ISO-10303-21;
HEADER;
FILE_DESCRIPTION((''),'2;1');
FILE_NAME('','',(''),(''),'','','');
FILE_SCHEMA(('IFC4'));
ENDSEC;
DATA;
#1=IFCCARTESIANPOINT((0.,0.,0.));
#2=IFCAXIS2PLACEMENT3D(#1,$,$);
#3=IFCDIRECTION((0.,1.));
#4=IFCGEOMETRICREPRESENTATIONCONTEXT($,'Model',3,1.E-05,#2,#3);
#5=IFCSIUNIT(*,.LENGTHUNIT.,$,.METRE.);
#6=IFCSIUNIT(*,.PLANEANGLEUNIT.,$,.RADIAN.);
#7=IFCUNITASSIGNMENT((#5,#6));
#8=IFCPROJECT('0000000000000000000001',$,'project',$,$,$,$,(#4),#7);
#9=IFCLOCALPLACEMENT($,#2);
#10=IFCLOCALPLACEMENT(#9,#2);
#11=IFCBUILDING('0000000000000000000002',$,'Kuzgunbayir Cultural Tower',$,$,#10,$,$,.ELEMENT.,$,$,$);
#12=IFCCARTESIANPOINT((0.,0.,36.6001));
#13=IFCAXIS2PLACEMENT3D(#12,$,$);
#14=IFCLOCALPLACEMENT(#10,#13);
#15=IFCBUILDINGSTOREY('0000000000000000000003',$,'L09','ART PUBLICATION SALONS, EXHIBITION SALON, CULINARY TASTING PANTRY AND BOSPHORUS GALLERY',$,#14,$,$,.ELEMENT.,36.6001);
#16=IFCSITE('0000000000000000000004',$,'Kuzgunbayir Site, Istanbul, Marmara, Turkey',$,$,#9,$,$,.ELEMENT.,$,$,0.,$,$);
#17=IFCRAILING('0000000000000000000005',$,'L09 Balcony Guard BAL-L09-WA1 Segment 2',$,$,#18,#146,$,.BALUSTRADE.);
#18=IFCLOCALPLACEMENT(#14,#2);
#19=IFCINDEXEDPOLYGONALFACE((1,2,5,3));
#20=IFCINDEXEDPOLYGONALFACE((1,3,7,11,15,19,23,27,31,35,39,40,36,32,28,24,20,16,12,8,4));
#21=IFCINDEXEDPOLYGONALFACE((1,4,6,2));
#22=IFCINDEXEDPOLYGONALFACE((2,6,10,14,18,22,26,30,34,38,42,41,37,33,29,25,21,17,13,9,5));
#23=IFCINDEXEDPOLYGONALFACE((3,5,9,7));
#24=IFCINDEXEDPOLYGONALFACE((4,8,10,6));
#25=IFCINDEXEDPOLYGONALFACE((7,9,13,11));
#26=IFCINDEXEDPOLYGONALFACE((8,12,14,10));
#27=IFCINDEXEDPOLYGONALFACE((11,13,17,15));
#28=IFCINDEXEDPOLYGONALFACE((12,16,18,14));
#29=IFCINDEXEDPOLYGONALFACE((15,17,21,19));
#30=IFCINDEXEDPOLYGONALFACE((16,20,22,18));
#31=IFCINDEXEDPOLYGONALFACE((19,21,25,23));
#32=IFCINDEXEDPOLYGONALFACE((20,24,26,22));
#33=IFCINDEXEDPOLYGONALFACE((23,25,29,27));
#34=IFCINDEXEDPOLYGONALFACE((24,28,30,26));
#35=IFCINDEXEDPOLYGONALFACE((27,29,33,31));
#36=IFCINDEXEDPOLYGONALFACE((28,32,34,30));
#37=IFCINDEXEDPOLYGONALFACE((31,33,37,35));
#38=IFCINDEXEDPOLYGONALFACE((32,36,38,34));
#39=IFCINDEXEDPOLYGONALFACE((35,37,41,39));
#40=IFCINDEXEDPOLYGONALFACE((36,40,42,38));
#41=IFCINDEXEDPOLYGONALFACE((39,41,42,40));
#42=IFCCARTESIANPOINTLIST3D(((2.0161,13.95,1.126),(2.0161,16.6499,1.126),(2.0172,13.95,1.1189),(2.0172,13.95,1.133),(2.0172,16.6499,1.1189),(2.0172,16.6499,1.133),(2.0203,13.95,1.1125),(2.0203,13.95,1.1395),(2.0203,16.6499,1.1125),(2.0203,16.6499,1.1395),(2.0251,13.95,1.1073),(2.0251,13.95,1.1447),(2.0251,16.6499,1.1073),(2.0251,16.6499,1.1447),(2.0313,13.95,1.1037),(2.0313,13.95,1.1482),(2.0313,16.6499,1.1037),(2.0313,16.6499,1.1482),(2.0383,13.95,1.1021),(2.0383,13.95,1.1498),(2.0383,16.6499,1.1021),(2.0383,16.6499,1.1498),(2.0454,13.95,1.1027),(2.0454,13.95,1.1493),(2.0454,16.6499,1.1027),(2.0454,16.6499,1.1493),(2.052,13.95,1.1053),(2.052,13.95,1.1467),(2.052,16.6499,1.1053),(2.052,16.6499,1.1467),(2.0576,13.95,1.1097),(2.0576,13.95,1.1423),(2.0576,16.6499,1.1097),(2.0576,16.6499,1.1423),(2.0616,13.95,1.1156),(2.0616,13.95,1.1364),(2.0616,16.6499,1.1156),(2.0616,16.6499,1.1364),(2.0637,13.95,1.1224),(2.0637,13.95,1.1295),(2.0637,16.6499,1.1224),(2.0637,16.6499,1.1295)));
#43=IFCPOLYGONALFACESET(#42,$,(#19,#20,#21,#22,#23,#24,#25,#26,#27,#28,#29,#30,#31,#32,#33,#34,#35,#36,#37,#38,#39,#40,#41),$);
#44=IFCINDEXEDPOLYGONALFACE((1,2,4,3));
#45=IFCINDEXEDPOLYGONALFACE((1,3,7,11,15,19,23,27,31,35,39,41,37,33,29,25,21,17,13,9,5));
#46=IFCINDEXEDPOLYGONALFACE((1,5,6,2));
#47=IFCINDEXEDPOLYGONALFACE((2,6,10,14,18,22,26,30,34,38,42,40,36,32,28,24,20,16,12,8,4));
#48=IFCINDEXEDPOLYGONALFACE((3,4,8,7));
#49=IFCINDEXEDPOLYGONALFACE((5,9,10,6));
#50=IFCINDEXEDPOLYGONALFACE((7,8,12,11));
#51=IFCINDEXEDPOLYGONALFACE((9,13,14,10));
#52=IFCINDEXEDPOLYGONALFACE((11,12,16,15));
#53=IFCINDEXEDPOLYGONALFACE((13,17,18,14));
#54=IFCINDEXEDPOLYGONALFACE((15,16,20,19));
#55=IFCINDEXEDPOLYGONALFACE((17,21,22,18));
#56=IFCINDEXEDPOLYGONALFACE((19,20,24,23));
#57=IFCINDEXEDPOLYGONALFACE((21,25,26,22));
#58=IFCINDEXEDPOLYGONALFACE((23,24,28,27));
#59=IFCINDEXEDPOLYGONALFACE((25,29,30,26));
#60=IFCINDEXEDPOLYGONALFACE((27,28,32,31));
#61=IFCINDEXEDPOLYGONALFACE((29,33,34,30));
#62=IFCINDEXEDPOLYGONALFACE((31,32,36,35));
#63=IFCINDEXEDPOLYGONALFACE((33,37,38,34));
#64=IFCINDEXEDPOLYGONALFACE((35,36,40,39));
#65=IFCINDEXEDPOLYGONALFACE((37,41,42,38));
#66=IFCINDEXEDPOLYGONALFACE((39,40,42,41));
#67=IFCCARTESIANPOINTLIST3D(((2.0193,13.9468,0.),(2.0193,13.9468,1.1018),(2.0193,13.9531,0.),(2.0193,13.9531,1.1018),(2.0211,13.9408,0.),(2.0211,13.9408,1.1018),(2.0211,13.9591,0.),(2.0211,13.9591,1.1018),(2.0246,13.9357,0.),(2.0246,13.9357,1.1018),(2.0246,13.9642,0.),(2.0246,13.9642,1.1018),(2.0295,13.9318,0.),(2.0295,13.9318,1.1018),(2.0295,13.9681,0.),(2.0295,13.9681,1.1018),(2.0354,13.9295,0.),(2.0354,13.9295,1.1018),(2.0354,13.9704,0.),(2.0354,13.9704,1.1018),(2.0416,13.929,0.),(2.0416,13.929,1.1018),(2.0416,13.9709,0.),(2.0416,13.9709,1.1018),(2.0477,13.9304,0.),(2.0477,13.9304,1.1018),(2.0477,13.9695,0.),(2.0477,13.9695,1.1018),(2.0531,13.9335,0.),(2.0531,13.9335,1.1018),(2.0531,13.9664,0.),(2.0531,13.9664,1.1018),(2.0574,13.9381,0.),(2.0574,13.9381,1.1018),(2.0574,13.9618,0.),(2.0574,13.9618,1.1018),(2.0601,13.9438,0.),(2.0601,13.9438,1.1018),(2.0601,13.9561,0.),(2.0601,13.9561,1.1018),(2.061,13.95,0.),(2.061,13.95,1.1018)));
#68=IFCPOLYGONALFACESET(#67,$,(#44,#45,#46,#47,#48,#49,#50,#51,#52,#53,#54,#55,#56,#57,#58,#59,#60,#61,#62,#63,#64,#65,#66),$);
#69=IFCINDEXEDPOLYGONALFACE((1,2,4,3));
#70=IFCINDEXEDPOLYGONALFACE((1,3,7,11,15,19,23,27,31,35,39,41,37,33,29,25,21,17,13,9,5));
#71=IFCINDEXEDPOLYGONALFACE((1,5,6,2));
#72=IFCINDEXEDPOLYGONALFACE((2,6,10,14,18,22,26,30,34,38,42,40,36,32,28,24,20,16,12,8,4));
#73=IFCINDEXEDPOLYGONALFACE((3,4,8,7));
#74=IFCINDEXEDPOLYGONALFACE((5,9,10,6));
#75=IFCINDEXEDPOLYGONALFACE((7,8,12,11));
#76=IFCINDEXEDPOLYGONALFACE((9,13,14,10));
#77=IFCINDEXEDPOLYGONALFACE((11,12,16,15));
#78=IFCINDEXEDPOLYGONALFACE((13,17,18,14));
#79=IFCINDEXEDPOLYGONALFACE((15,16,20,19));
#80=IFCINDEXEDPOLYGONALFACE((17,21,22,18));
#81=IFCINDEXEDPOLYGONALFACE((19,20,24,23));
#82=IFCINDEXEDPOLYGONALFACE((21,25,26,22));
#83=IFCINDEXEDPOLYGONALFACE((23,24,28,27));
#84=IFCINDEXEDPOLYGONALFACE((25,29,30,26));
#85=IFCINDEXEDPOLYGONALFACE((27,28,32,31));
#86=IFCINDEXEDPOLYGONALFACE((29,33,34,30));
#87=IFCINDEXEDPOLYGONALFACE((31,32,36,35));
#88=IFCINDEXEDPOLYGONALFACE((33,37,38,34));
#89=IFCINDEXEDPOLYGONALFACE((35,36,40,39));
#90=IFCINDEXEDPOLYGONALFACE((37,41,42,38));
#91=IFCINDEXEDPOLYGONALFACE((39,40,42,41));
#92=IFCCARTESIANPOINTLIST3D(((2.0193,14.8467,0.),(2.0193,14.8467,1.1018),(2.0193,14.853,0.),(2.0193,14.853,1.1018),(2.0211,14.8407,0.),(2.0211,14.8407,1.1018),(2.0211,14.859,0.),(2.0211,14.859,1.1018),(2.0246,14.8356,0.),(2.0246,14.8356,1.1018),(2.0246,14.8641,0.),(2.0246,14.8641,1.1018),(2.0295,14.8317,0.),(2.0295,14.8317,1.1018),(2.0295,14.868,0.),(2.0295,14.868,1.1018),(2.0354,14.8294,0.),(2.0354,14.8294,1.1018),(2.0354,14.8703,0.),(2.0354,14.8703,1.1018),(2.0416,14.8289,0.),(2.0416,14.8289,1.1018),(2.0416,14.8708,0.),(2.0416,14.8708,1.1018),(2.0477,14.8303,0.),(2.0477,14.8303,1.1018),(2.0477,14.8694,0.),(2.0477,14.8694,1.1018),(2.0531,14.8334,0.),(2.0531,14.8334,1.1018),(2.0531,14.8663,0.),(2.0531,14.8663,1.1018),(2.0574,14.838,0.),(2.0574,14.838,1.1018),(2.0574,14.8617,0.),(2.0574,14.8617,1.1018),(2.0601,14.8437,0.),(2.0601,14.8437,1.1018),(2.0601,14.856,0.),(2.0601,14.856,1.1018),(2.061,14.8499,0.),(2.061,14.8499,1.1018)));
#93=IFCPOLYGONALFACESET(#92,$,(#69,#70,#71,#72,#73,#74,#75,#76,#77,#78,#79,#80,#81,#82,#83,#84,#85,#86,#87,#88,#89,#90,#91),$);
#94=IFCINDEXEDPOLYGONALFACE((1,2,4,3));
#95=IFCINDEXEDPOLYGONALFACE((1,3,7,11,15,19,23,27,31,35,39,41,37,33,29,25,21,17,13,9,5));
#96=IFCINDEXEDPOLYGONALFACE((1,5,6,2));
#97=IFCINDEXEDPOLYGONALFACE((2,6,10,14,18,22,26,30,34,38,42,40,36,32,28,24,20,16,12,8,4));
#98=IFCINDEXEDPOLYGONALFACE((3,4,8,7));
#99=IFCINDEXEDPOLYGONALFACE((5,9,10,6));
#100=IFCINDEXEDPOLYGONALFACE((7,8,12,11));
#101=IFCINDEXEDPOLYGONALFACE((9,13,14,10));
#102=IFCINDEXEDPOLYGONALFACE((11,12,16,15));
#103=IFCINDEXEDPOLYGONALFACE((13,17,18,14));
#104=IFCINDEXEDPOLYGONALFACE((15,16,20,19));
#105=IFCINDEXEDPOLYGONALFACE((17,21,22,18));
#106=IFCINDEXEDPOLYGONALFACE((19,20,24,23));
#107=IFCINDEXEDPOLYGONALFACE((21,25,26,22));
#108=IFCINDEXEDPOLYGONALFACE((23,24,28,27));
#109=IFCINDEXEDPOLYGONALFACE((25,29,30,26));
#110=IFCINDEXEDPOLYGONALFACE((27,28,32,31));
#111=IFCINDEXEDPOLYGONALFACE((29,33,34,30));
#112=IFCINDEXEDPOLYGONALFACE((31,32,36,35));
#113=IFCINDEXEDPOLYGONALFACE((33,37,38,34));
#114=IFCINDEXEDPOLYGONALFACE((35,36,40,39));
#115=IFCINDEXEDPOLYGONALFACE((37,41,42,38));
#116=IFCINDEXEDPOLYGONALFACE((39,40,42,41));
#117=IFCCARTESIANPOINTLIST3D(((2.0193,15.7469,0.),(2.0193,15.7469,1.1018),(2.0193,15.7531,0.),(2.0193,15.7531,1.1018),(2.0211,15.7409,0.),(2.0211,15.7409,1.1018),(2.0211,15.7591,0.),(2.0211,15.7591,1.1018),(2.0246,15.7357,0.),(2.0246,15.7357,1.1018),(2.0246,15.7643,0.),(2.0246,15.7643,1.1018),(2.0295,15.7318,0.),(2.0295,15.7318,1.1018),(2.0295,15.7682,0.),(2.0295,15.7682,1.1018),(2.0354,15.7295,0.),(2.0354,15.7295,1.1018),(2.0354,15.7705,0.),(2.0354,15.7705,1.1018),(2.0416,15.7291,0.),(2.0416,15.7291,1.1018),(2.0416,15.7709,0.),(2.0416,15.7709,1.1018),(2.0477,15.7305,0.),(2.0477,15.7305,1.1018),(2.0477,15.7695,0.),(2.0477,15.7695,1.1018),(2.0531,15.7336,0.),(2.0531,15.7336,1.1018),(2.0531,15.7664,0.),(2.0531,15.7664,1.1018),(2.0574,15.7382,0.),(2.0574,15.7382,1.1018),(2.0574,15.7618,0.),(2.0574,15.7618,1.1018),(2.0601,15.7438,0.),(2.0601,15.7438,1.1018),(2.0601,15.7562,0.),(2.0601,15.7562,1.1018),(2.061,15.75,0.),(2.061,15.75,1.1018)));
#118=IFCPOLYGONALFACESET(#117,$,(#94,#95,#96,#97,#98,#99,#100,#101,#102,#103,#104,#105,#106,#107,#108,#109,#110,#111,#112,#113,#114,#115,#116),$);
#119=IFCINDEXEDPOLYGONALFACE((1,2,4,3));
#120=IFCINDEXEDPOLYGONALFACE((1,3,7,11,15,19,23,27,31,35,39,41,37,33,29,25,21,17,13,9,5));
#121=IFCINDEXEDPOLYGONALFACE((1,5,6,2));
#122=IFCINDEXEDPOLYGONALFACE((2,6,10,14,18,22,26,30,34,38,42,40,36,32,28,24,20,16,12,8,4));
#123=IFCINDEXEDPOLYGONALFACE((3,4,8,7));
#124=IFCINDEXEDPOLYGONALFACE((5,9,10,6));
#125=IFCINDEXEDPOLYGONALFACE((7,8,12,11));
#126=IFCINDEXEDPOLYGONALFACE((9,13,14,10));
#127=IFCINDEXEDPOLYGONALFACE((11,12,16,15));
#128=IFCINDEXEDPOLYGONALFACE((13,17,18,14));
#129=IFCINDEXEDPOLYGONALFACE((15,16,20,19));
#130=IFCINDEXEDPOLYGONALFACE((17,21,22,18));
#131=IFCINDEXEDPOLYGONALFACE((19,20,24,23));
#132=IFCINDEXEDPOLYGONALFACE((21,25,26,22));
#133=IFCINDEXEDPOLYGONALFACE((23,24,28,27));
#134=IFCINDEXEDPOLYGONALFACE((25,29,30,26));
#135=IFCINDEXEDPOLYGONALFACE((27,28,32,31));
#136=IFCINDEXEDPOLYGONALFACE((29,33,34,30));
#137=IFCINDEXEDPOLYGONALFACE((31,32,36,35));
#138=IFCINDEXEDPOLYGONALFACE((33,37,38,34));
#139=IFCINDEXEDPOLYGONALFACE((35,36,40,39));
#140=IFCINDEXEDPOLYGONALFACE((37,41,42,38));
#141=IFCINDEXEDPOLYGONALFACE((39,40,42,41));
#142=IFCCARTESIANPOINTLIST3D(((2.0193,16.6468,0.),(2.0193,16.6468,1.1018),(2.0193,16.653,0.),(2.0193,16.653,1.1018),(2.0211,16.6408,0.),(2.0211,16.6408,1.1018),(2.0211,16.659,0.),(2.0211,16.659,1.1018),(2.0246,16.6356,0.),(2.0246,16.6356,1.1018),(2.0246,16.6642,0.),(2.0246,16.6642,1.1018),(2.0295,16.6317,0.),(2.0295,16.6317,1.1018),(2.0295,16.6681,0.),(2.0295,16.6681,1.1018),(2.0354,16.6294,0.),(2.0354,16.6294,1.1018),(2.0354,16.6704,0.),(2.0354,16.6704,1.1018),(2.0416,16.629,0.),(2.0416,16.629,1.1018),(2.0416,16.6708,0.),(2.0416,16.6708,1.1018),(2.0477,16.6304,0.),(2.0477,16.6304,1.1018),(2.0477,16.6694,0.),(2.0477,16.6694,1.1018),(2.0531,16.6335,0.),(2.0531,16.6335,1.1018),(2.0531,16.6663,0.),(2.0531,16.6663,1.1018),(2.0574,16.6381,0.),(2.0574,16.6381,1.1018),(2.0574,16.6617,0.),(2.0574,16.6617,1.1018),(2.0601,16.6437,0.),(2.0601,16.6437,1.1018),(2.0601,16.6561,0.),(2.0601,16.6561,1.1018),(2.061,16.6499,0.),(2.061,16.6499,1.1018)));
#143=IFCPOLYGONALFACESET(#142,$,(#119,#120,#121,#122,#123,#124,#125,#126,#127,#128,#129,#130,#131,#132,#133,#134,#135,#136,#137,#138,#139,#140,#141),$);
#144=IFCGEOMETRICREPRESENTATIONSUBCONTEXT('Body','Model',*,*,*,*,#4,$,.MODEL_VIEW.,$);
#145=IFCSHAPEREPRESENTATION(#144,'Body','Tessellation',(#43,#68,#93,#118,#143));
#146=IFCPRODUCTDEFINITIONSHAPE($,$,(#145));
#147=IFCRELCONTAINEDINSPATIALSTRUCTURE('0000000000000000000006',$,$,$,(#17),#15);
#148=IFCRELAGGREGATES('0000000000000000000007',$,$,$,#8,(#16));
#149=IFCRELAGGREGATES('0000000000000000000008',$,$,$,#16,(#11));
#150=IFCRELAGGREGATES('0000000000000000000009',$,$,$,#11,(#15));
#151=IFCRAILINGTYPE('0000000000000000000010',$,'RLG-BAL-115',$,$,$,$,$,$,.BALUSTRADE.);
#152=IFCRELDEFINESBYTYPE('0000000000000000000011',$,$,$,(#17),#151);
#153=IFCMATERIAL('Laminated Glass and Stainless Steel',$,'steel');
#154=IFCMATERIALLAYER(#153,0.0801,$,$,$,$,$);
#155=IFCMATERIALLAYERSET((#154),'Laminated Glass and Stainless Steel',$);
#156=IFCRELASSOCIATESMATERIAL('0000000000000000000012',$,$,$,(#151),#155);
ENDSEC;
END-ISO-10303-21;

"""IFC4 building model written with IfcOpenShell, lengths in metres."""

from ifc_helpers import new_model, si_unit, direction, frame, origin, origin_2d, place, context, subcontext, project, spatial, circle, extrude, material, layer, layer_set, type_object, element, save


model = new_model("IFC4")

# Units and contexts
model_context = context("Model", 3, precision=1e-05, world=origin(), true_north=direction((0.0, 1.0)))
body_context = subcontext(model_context, "Body", "Model", "MODEL_VIEW")
ifc_project = project(units=[si_unit("LENGTHUNIT", "METRE"), si_unit("PLANEANGLEUNIT", "RADIAN")], contexts=[model_context])

# Site, building, storey
site_placement = place(None, origin())
site = spatial("IfcSite", under=ifc_project, at=site_placement, Name="Kuzgunbayir Site, Istanbul, Marmara, Turkey", CompositionType="ELEMENT", RefElevation=0.0)
building_placement = place(site_placement, origin())
building = spatial("IfcBuilding", under=site, at=building_placement, Name="Kuzgunbayir Cultural Tower", CompositionType="ELEMENT")
storey_placement = place(building_placement, frame((0.0, 0.0, 36.6001)))
storey = spatial("IfcBuildingStorey", under=building, at=storey_placement, Name="L09", Description="ART PUBLICATION SALONS, EXHIBITION SALON, CULINARY TASTING PANTRY AND BOSPHORUS GALLERY", CompositionType="ELEMENT", Elevation=36.6001)

# Railing
ifc_material_1 = material(Name="Laminated Glass and Stainless Steel", Category="steel")
ifc_layer_1 = layer(ifc_material_1, 0.0801)
ifc_layer_set_1 = layer_set([ifc_layer_1], Name="Laminated Glass and Stainless Steel")
railing_type = type_object("IfcRailingType", Name="RLG-BAL-115", PredefinedType="BALUSTRADE", material=ifc_layer_set_1)
railing_1_placement = place(storey_placement, frame((2.04, 13.95, 0.0)))
element("IfcRailing", 1, at=railing_1_placement, inside=storey, type_object=railing_type, Name="L09 Balcony Guard BAL-L09-WA1 Segment 2", PredefinedType="BALUSTRADE", context=body_context, shape_type="SweptSolid", body=[
    extrude(circle(Radius=0.0239, at=origin_2d()), frame((0.0, 0.0, 1.126), z_axis=(0.0, 1.0, 0.0), x_axis=(-1.0, 0.0, 0.0)), (0.0, 0.0, 1.0), 2.7),
    extrude(circle(Radius=0.021, at=origin_2d()), origin(), (0.0, 0.0, 1.0), 1.1018),
    extrude(circle(Radius=0.021, at=origin_2d()), frame((0.0, 0.8999, 0.0)), (0.0, 0.0, 1.0), 1.1018),
    extrude(circle(Radius=0.021, at=origin_2d()), frame((0.0, 1.8, 0.0)), (0.0, 0.0, 1.0), 1.1018),
    extrude(circle(Radius=0.021, at=origin_2d()), frame((0.0, 2.7, 0.0)), (0.0, 0.0, 1.0), 1.1018),
])

save(model, "model.ifc")
